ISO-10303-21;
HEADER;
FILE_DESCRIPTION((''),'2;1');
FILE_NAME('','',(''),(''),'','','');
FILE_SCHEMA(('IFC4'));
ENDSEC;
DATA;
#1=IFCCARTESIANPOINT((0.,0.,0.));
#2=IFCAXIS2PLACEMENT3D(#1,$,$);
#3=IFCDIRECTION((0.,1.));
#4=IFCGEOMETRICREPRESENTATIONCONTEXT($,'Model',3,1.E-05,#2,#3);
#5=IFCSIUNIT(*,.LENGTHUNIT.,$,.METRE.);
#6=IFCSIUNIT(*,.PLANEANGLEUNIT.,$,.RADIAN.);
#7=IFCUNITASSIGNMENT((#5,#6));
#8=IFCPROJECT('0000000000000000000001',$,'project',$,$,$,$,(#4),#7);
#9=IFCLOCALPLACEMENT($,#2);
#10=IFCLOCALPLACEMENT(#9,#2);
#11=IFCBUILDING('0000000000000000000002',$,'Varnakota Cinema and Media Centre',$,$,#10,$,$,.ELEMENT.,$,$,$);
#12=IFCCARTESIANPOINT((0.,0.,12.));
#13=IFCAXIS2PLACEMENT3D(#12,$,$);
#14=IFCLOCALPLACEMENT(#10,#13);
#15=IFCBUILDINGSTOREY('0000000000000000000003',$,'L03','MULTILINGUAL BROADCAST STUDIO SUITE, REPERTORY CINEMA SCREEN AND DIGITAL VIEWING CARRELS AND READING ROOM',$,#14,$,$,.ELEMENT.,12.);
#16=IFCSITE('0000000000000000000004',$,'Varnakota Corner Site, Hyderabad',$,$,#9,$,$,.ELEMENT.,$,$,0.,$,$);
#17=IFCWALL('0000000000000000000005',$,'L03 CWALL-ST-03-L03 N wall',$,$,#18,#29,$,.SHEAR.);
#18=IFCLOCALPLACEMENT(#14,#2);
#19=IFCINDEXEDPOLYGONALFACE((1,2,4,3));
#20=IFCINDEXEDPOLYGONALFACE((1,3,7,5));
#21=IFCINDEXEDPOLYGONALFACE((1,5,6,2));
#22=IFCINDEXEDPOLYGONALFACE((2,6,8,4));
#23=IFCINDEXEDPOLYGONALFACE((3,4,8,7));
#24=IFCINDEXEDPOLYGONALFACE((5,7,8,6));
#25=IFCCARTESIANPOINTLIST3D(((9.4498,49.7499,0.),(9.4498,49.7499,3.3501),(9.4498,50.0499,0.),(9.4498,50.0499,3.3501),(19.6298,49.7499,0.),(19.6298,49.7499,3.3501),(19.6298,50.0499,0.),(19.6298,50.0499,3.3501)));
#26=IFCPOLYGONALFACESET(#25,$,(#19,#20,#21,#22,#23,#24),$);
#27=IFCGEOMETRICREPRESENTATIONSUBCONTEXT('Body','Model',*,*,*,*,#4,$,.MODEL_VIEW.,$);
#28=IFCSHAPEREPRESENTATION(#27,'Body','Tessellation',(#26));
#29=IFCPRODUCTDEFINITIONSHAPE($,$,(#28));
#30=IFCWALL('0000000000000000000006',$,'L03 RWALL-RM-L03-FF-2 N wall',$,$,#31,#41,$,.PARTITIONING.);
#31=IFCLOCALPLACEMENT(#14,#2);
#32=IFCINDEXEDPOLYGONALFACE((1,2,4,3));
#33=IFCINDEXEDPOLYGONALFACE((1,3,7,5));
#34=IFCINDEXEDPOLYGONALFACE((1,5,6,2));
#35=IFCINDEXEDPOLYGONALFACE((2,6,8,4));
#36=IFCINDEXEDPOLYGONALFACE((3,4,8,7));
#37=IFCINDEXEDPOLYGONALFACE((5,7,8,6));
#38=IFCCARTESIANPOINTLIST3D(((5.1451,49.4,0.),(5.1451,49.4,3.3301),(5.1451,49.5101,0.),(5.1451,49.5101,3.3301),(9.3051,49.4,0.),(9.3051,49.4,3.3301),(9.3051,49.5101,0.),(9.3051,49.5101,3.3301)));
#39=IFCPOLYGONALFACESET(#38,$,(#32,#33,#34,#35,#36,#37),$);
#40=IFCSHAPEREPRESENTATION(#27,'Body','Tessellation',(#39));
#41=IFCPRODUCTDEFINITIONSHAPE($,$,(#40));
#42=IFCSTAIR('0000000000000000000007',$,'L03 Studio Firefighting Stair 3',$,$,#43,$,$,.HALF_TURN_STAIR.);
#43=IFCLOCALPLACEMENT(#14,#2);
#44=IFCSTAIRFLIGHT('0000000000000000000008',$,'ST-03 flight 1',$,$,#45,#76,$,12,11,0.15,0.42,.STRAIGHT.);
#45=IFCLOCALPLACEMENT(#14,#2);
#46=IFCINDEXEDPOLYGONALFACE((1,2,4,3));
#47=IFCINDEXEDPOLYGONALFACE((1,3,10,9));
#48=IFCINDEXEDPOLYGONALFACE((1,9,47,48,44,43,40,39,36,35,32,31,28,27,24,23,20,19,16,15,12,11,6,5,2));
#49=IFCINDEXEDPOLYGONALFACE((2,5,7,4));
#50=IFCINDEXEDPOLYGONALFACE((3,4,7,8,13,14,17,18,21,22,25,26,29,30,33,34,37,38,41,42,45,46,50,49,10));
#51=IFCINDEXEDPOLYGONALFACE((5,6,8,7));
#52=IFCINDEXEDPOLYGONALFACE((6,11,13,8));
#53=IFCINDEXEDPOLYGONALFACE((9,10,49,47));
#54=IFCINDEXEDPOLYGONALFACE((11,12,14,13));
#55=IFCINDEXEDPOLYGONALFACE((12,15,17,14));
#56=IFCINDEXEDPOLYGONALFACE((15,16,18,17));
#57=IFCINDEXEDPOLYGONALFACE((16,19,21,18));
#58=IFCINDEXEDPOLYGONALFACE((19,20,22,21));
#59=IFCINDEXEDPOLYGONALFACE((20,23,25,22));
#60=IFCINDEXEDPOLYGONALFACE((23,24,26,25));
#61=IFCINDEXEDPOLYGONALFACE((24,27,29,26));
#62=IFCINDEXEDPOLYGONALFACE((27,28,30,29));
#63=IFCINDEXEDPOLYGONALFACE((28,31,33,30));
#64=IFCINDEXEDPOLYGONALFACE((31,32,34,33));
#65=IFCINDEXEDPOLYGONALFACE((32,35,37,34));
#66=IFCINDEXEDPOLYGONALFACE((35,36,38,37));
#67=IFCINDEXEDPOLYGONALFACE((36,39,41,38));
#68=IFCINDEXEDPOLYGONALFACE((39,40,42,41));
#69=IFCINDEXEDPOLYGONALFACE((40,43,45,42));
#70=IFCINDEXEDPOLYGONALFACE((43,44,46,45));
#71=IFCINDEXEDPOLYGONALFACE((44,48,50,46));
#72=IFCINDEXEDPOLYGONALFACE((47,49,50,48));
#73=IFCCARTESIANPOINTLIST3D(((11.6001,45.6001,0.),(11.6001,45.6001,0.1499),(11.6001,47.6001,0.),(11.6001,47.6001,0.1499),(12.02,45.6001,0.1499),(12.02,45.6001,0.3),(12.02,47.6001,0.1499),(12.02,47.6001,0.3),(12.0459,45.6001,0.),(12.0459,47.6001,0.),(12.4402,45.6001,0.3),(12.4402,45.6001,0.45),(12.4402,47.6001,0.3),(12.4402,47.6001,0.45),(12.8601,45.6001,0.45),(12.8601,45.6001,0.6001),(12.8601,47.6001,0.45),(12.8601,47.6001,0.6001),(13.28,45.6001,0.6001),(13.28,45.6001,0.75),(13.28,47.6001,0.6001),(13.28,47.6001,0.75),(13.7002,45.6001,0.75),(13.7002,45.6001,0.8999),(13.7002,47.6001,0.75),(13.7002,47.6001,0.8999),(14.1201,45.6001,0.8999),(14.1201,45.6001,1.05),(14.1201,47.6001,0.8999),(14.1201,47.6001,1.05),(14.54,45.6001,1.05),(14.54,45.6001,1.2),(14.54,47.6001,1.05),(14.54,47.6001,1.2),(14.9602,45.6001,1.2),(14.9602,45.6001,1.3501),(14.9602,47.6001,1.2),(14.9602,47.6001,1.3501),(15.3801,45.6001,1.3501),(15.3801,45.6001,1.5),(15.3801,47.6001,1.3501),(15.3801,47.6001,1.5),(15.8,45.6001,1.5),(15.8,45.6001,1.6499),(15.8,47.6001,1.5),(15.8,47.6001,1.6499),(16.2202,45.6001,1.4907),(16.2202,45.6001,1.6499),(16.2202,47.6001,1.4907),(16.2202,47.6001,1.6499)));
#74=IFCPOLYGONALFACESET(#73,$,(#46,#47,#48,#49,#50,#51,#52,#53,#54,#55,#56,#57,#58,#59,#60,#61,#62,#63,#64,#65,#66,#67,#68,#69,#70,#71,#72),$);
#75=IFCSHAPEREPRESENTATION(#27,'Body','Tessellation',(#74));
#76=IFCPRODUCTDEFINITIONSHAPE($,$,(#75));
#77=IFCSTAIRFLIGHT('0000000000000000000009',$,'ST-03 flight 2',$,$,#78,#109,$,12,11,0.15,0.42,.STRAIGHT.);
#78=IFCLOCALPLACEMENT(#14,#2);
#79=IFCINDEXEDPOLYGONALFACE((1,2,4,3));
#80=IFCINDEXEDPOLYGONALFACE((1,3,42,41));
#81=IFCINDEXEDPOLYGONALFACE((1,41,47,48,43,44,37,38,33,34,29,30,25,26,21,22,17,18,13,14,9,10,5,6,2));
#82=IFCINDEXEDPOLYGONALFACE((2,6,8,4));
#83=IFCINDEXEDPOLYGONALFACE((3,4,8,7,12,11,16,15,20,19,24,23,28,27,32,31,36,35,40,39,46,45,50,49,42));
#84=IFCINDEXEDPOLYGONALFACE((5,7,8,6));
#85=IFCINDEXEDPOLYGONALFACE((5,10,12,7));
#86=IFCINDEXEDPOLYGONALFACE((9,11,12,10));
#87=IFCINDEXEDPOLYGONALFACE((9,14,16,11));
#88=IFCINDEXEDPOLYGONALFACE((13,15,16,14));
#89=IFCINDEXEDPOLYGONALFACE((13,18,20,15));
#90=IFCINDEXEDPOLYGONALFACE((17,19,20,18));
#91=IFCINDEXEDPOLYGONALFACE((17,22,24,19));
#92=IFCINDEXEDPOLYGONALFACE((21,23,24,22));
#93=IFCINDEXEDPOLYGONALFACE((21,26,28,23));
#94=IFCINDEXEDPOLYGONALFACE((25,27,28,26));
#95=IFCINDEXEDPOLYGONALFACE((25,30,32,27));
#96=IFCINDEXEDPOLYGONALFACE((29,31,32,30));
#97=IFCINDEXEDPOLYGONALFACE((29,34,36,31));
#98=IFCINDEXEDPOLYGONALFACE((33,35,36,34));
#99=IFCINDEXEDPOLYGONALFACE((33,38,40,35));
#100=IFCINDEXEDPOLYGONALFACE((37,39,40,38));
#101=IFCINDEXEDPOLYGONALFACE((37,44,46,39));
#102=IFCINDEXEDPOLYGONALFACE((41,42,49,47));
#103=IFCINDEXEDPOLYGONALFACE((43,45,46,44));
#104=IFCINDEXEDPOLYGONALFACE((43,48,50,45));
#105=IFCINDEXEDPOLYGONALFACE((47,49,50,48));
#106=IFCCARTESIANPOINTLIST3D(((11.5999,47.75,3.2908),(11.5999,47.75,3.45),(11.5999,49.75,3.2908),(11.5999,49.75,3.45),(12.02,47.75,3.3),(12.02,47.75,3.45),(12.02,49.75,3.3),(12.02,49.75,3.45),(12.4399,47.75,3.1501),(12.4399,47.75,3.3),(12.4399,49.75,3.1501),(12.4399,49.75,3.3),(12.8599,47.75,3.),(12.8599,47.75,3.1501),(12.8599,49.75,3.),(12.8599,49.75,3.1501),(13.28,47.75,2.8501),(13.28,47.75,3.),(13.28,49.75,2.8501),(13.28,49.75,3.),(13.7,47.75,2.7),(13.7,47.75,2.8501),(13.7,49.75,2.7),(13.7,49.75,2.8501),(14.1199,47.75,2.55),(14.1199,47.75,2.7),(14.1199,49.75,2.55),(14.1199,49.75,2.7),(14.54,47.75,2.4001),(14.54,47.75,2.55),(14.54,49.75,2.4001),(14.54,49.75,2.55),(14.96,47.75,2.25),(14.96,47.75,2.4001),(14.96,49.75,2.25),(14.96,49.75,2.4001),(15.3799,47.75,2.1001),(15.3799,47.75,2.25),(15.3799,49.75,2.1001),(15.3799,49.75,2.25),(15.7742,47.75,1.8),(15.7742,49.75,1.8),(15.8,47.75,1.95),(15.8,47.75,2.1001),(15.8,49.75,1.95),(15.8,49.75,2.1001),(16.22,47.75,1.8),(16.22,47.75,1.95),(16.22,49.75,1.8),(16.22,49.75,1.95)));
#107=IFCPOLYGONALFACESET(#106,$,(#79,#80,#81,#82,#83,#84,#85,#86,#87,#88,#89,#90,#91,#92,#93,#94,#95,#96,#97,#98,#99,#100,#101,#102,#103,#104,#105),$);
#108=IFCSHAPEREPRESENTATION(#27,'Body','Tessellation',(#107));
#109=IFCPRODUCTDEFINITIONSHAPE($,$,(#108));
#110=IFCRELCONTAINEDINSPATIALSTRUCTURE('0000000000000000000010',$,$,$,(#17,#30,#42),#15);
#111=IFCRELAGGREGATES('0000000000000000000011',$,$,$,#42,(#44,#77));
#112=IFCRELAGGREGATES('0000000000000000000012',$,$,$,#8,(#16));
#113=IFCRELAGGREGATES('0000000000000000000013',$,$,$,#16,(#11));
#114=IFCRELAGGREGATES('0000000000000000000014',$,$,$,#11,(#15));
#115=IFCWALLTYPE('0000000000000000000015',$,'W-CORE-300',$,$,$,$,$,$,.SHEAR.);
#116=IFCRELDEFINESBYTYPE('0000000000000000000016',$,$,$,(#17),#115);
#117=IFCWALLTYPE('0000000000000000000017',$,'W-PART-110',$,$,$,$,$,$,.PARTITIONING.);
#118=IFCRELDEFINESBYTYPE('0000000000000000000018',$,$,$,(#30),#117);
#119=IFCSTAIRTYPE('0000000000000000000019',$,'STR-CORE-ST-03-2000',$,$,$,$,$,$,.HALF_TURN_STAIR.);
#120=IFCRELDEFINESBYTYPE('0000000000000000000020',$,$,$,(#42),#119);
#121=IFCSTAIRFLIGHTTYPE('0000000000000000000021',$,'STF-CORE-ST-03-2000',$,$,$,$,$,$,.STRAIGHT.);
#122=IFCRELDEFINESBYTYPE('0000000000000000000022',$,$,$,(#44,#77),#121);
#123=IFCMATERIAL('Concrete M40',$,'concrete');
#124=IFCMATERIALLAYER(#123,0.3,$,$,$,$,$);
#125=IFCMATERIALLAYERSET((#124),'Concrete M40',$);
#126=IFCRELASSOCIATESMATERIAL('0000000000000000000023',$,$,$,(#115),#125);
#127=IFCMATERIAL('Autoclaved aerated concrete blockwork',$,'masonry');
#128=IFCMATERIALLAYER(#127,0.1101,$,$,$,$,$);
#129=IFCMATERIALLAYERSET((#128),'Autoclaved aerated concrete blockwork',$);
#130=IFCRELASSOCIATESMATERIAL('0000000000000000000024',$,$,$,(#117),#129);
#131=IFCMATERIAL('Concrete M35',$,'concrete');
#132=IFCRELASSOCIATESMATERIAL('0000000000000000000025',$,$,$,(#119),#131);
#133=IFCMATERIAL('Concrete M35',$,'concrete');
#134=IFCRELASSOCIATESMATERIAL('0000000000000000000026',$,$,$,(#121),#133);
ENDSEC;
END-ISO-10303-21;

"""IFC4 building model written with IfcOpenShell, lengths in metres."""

from ifc_helpers import new_model, si_unit, direction, frame, frame_2d, origin, place, context, subcontext, project, spatial, polyline, rectangle, outline, extrude, material, layer, layer_set, type_object, element, aggregate, save


model = new_model("IFC4")

# Units and contexts
model_context = context("Model", 3, precision=1e-05, world=origin(), true_north=direction((0.0, 1.0)))
body_context = subcontext(model_context, "Body", "Model", "MODEL_VIEW")
ifc_project = project(units=[si_unit("LENGTHUNIT", "METRE"), si_unit("PLANEANGLEUNIT", "RADIAN")], contexts=[model_context])

# Site, building, storey
site_placement = place(None, origin())
site = spatial("IfcSite", under=ifc_project, at=site_placement, Name="Varnakota Corner Site, Hyderabad", CompositionType="ELEMENT", RefElevation=0.0)
building_placement = place(site_placement, origin())
building = spatial("IfcBuilding", under=site, at=building_placement, Name="Varnakota Cinema and Media Centre", CompositionType="ELEMENT")
storey_placement = place(building_placement, frame((0.0, 0.0, 12.0)))
storey = spatial("IfcBuildingStorey", under=building, at=storey_placement, Name="L03", Description="MULTILINGUAL BROADCAST STUDIO SUITE, REPERTORY CINEMA SCREEN AND DIGITAL VIEWING CARRELS AND READING ROOM", CompositionType="ELEMENT", Elevation=12.0)

# Shared definitions
ifc_material_1 = material(Name="Concrete M40", Category="concrete")
ifc_layer_1 = layer(ifc_material_1, 0.3)
ifc_layer_set_1 = layer_set([ifc_layer_1], Name="Concrete M40")
wall_type_1 = type_object("IfcWallType", Name="W-CORE-300", PredefinedType="SHEAR", material=ifc_layer_set_1)

# Walls
wall_1_placement = place(storey_placement, frame((9.45, 49.8999, 0.0), z_axis=(0.0, 0.0, 1.0), x_axis=(1.0, 0.0, 0.0)))
element("IfcWall", 1, at=wall_1_placement, inside=storey, type_object=wall_type_1, Name="L03 CWALL-ST-03-L03 N wall", PredefinedType="SHEAR", context=body_context, shape_type="SweptSolid", body=[
    extrude(rectangle(XDim=10.1799, YDim=0.3, at=frame_2d((5.0898, 0.0))), origin(), (0.0, 0.0, 1.0), 3.3501),
])
ifc_material_2 = material(Name="Autoclaved aerated concrete blockwork", Category="masonry")
ifc_layer_2 = layer(ifc_material_2, 0.1101)
ifc_layer_set_2 = layer_set([ifc_layer_2], Name="Autoclaved aerated concrete blockwork")
wall_type_2 = type_object("IfcWallType", Name="W-PART-110", PredefinedType="PARTITIONING", material=ifc_layer_set_2)
wall_2_placement = place(storey_placement, frame((5.145, 49.4551, 0.0), z_axis=(0.0, 0.0, 1.0), x_axis=(1.0, 0.0, 0.0)))
element("IfcWall", 2, at=wall_2_placement, inside=storey, type_object=wall_type_2, Name="L03 RWALL-RM-L03-FF-2 N wall", PredefinedType="PARTITIONING", context=body_context, shape_type="SweptSolid", body=[
    extrude(rectangle(XDim=4.1599, YDim=0.1101, at=frame_2d((2.0801, 0.0))), origin(), (0.0, 0.0, 1.0), 3.3301),
])

# Stair, stair flights
ifc_material_3 = material(Name="Concrete M35", Category="concrete")
stair_type = type_object("IfcStairType", Name="STR-CORE-ST-03-2000", PredefinedType="HALF_TURN_STAIR", material=ifc_material_3)
stair_placement = place(storey_placement, origin())
stair = element("IfcStair", 3, at=stair_placement, inside=storey, type_object=stair_type, Name="L03 Studio Firefighting Stair 3", PredefinedType="HALF_TURN_STAIR")
ifc_material_4 = material(Name="Concrete M35", Category="concrete")
stair_flight_type = type_object("IfcStairFlightType", Name="STF-CORE-ST-03-2000", PredefinedType="STRAIGHT", material=ifc_material_4)
stair_flight_1_placement = place(storey_placement, frame((11.6001, 46.6001, 0.0), z_axis=(0.0, 0.0, 1.0), x_axis=(1.0, 0.0, 0.0)))
stair_flight_1 = element("IfcStairFlight", 4, at=stair_flight_1_placement, type_object=stair_flight_type, Name="ST-03 flight 1", NumberOfRisers=12, NumberOfTreads=11, PredefinedType="STRAIGHT", RiserHeight=0.15, TreadLength=0.42, context=body_context, shape_type="SweptSolid", body=[
    extrude(outline(polyline([(0.0, 0.0), (0.0, 0.1499), (0.4199, 0.1499), (0.4199, 0.3), (0.8401, 0.3), (0.8401, 0.45), (1.26, 0.45), (1.26, 0.6001), (1.6799, 0.6001), (1.6799, 0.75), (2.1001, 0.75), (2.1001, 0.8999), (2.52, 0.8999), (2.52, 1.05), (2.9399, 1.05), (2.9399, 1.2), (3.3601, 1.2), (3.3601, 1.3501), (3.78, 1.3501), (3.78, 1.5), (4.2, 1.5), (4.2, 1.6499), (4.6201, 1.6499), (4.6201, 1.8), (4.6201, 1.4907), (0.4458, 0.0), (0.0, 0.0)])), frame((0.0, 1.0, 0.0), z_axis=(0.0, -1.0, 0.0), x_axis=(1.0, 0.0, 0.0)), (0.0, 0.0, 1.0), 2.0),
])
stair_flight_2_placement = place(storey_placement, frame((16.22, 48.75, 1.8), z_axis=(0.0, 0.0, 1.0), x_axis=(-1.0, 0.0, 0.0)))
stair_flight_2 = element("IfcStairFlight", 5, at=stair_flight_2_placement, type_object=stair_flight_type, Name="ST-03 flight 2", NumberOfRisers=12, NumberOfTreads=11, PredefinedType="STRAIGHT", RiserHeight=0.15, TreadLength=0.42, context=body_context, shape_type="SweptSolid", body=[
    extrude(outline(polyline([(0.0, 0.0), (0.0, 0.1499), (0.4199, 0.1499), (0.4199, 0.3), (0.8401, 0.3), (0.8401, 0.45), (1.26, 0.45), (1.26, 0.6001), (1.6799, 0.6001), (1.6799, 0.75), (2.1001, 0.75), (2.1001, 0.8999), (2.52, 0.8999), (2.52, 1.05), (2.9399, 1.05), (2.9399, 1.2), (3.3601, 1.2), (3.3601, 1.3501), (3.78, 1.3501), (3.78, 1.5), (4.2, 1.5), (4.2, 1.6499), (4.6201, 1.6499), (4.6201, 1.8), (4.6201, 1.4907), (0.4458, 0.0), (0.0, 0.0)])), frame((0.0, 1.0, 0.0), z_axis=(0.0, -1.0, 0.0), x_axis=(1.0, 0.0, 0.0)), (0.0, 0.0, 1.0), 2.0),
])
aggregate(stair, [stair_flight_1, stair_flight_2])

save(model, "model.ifc")
